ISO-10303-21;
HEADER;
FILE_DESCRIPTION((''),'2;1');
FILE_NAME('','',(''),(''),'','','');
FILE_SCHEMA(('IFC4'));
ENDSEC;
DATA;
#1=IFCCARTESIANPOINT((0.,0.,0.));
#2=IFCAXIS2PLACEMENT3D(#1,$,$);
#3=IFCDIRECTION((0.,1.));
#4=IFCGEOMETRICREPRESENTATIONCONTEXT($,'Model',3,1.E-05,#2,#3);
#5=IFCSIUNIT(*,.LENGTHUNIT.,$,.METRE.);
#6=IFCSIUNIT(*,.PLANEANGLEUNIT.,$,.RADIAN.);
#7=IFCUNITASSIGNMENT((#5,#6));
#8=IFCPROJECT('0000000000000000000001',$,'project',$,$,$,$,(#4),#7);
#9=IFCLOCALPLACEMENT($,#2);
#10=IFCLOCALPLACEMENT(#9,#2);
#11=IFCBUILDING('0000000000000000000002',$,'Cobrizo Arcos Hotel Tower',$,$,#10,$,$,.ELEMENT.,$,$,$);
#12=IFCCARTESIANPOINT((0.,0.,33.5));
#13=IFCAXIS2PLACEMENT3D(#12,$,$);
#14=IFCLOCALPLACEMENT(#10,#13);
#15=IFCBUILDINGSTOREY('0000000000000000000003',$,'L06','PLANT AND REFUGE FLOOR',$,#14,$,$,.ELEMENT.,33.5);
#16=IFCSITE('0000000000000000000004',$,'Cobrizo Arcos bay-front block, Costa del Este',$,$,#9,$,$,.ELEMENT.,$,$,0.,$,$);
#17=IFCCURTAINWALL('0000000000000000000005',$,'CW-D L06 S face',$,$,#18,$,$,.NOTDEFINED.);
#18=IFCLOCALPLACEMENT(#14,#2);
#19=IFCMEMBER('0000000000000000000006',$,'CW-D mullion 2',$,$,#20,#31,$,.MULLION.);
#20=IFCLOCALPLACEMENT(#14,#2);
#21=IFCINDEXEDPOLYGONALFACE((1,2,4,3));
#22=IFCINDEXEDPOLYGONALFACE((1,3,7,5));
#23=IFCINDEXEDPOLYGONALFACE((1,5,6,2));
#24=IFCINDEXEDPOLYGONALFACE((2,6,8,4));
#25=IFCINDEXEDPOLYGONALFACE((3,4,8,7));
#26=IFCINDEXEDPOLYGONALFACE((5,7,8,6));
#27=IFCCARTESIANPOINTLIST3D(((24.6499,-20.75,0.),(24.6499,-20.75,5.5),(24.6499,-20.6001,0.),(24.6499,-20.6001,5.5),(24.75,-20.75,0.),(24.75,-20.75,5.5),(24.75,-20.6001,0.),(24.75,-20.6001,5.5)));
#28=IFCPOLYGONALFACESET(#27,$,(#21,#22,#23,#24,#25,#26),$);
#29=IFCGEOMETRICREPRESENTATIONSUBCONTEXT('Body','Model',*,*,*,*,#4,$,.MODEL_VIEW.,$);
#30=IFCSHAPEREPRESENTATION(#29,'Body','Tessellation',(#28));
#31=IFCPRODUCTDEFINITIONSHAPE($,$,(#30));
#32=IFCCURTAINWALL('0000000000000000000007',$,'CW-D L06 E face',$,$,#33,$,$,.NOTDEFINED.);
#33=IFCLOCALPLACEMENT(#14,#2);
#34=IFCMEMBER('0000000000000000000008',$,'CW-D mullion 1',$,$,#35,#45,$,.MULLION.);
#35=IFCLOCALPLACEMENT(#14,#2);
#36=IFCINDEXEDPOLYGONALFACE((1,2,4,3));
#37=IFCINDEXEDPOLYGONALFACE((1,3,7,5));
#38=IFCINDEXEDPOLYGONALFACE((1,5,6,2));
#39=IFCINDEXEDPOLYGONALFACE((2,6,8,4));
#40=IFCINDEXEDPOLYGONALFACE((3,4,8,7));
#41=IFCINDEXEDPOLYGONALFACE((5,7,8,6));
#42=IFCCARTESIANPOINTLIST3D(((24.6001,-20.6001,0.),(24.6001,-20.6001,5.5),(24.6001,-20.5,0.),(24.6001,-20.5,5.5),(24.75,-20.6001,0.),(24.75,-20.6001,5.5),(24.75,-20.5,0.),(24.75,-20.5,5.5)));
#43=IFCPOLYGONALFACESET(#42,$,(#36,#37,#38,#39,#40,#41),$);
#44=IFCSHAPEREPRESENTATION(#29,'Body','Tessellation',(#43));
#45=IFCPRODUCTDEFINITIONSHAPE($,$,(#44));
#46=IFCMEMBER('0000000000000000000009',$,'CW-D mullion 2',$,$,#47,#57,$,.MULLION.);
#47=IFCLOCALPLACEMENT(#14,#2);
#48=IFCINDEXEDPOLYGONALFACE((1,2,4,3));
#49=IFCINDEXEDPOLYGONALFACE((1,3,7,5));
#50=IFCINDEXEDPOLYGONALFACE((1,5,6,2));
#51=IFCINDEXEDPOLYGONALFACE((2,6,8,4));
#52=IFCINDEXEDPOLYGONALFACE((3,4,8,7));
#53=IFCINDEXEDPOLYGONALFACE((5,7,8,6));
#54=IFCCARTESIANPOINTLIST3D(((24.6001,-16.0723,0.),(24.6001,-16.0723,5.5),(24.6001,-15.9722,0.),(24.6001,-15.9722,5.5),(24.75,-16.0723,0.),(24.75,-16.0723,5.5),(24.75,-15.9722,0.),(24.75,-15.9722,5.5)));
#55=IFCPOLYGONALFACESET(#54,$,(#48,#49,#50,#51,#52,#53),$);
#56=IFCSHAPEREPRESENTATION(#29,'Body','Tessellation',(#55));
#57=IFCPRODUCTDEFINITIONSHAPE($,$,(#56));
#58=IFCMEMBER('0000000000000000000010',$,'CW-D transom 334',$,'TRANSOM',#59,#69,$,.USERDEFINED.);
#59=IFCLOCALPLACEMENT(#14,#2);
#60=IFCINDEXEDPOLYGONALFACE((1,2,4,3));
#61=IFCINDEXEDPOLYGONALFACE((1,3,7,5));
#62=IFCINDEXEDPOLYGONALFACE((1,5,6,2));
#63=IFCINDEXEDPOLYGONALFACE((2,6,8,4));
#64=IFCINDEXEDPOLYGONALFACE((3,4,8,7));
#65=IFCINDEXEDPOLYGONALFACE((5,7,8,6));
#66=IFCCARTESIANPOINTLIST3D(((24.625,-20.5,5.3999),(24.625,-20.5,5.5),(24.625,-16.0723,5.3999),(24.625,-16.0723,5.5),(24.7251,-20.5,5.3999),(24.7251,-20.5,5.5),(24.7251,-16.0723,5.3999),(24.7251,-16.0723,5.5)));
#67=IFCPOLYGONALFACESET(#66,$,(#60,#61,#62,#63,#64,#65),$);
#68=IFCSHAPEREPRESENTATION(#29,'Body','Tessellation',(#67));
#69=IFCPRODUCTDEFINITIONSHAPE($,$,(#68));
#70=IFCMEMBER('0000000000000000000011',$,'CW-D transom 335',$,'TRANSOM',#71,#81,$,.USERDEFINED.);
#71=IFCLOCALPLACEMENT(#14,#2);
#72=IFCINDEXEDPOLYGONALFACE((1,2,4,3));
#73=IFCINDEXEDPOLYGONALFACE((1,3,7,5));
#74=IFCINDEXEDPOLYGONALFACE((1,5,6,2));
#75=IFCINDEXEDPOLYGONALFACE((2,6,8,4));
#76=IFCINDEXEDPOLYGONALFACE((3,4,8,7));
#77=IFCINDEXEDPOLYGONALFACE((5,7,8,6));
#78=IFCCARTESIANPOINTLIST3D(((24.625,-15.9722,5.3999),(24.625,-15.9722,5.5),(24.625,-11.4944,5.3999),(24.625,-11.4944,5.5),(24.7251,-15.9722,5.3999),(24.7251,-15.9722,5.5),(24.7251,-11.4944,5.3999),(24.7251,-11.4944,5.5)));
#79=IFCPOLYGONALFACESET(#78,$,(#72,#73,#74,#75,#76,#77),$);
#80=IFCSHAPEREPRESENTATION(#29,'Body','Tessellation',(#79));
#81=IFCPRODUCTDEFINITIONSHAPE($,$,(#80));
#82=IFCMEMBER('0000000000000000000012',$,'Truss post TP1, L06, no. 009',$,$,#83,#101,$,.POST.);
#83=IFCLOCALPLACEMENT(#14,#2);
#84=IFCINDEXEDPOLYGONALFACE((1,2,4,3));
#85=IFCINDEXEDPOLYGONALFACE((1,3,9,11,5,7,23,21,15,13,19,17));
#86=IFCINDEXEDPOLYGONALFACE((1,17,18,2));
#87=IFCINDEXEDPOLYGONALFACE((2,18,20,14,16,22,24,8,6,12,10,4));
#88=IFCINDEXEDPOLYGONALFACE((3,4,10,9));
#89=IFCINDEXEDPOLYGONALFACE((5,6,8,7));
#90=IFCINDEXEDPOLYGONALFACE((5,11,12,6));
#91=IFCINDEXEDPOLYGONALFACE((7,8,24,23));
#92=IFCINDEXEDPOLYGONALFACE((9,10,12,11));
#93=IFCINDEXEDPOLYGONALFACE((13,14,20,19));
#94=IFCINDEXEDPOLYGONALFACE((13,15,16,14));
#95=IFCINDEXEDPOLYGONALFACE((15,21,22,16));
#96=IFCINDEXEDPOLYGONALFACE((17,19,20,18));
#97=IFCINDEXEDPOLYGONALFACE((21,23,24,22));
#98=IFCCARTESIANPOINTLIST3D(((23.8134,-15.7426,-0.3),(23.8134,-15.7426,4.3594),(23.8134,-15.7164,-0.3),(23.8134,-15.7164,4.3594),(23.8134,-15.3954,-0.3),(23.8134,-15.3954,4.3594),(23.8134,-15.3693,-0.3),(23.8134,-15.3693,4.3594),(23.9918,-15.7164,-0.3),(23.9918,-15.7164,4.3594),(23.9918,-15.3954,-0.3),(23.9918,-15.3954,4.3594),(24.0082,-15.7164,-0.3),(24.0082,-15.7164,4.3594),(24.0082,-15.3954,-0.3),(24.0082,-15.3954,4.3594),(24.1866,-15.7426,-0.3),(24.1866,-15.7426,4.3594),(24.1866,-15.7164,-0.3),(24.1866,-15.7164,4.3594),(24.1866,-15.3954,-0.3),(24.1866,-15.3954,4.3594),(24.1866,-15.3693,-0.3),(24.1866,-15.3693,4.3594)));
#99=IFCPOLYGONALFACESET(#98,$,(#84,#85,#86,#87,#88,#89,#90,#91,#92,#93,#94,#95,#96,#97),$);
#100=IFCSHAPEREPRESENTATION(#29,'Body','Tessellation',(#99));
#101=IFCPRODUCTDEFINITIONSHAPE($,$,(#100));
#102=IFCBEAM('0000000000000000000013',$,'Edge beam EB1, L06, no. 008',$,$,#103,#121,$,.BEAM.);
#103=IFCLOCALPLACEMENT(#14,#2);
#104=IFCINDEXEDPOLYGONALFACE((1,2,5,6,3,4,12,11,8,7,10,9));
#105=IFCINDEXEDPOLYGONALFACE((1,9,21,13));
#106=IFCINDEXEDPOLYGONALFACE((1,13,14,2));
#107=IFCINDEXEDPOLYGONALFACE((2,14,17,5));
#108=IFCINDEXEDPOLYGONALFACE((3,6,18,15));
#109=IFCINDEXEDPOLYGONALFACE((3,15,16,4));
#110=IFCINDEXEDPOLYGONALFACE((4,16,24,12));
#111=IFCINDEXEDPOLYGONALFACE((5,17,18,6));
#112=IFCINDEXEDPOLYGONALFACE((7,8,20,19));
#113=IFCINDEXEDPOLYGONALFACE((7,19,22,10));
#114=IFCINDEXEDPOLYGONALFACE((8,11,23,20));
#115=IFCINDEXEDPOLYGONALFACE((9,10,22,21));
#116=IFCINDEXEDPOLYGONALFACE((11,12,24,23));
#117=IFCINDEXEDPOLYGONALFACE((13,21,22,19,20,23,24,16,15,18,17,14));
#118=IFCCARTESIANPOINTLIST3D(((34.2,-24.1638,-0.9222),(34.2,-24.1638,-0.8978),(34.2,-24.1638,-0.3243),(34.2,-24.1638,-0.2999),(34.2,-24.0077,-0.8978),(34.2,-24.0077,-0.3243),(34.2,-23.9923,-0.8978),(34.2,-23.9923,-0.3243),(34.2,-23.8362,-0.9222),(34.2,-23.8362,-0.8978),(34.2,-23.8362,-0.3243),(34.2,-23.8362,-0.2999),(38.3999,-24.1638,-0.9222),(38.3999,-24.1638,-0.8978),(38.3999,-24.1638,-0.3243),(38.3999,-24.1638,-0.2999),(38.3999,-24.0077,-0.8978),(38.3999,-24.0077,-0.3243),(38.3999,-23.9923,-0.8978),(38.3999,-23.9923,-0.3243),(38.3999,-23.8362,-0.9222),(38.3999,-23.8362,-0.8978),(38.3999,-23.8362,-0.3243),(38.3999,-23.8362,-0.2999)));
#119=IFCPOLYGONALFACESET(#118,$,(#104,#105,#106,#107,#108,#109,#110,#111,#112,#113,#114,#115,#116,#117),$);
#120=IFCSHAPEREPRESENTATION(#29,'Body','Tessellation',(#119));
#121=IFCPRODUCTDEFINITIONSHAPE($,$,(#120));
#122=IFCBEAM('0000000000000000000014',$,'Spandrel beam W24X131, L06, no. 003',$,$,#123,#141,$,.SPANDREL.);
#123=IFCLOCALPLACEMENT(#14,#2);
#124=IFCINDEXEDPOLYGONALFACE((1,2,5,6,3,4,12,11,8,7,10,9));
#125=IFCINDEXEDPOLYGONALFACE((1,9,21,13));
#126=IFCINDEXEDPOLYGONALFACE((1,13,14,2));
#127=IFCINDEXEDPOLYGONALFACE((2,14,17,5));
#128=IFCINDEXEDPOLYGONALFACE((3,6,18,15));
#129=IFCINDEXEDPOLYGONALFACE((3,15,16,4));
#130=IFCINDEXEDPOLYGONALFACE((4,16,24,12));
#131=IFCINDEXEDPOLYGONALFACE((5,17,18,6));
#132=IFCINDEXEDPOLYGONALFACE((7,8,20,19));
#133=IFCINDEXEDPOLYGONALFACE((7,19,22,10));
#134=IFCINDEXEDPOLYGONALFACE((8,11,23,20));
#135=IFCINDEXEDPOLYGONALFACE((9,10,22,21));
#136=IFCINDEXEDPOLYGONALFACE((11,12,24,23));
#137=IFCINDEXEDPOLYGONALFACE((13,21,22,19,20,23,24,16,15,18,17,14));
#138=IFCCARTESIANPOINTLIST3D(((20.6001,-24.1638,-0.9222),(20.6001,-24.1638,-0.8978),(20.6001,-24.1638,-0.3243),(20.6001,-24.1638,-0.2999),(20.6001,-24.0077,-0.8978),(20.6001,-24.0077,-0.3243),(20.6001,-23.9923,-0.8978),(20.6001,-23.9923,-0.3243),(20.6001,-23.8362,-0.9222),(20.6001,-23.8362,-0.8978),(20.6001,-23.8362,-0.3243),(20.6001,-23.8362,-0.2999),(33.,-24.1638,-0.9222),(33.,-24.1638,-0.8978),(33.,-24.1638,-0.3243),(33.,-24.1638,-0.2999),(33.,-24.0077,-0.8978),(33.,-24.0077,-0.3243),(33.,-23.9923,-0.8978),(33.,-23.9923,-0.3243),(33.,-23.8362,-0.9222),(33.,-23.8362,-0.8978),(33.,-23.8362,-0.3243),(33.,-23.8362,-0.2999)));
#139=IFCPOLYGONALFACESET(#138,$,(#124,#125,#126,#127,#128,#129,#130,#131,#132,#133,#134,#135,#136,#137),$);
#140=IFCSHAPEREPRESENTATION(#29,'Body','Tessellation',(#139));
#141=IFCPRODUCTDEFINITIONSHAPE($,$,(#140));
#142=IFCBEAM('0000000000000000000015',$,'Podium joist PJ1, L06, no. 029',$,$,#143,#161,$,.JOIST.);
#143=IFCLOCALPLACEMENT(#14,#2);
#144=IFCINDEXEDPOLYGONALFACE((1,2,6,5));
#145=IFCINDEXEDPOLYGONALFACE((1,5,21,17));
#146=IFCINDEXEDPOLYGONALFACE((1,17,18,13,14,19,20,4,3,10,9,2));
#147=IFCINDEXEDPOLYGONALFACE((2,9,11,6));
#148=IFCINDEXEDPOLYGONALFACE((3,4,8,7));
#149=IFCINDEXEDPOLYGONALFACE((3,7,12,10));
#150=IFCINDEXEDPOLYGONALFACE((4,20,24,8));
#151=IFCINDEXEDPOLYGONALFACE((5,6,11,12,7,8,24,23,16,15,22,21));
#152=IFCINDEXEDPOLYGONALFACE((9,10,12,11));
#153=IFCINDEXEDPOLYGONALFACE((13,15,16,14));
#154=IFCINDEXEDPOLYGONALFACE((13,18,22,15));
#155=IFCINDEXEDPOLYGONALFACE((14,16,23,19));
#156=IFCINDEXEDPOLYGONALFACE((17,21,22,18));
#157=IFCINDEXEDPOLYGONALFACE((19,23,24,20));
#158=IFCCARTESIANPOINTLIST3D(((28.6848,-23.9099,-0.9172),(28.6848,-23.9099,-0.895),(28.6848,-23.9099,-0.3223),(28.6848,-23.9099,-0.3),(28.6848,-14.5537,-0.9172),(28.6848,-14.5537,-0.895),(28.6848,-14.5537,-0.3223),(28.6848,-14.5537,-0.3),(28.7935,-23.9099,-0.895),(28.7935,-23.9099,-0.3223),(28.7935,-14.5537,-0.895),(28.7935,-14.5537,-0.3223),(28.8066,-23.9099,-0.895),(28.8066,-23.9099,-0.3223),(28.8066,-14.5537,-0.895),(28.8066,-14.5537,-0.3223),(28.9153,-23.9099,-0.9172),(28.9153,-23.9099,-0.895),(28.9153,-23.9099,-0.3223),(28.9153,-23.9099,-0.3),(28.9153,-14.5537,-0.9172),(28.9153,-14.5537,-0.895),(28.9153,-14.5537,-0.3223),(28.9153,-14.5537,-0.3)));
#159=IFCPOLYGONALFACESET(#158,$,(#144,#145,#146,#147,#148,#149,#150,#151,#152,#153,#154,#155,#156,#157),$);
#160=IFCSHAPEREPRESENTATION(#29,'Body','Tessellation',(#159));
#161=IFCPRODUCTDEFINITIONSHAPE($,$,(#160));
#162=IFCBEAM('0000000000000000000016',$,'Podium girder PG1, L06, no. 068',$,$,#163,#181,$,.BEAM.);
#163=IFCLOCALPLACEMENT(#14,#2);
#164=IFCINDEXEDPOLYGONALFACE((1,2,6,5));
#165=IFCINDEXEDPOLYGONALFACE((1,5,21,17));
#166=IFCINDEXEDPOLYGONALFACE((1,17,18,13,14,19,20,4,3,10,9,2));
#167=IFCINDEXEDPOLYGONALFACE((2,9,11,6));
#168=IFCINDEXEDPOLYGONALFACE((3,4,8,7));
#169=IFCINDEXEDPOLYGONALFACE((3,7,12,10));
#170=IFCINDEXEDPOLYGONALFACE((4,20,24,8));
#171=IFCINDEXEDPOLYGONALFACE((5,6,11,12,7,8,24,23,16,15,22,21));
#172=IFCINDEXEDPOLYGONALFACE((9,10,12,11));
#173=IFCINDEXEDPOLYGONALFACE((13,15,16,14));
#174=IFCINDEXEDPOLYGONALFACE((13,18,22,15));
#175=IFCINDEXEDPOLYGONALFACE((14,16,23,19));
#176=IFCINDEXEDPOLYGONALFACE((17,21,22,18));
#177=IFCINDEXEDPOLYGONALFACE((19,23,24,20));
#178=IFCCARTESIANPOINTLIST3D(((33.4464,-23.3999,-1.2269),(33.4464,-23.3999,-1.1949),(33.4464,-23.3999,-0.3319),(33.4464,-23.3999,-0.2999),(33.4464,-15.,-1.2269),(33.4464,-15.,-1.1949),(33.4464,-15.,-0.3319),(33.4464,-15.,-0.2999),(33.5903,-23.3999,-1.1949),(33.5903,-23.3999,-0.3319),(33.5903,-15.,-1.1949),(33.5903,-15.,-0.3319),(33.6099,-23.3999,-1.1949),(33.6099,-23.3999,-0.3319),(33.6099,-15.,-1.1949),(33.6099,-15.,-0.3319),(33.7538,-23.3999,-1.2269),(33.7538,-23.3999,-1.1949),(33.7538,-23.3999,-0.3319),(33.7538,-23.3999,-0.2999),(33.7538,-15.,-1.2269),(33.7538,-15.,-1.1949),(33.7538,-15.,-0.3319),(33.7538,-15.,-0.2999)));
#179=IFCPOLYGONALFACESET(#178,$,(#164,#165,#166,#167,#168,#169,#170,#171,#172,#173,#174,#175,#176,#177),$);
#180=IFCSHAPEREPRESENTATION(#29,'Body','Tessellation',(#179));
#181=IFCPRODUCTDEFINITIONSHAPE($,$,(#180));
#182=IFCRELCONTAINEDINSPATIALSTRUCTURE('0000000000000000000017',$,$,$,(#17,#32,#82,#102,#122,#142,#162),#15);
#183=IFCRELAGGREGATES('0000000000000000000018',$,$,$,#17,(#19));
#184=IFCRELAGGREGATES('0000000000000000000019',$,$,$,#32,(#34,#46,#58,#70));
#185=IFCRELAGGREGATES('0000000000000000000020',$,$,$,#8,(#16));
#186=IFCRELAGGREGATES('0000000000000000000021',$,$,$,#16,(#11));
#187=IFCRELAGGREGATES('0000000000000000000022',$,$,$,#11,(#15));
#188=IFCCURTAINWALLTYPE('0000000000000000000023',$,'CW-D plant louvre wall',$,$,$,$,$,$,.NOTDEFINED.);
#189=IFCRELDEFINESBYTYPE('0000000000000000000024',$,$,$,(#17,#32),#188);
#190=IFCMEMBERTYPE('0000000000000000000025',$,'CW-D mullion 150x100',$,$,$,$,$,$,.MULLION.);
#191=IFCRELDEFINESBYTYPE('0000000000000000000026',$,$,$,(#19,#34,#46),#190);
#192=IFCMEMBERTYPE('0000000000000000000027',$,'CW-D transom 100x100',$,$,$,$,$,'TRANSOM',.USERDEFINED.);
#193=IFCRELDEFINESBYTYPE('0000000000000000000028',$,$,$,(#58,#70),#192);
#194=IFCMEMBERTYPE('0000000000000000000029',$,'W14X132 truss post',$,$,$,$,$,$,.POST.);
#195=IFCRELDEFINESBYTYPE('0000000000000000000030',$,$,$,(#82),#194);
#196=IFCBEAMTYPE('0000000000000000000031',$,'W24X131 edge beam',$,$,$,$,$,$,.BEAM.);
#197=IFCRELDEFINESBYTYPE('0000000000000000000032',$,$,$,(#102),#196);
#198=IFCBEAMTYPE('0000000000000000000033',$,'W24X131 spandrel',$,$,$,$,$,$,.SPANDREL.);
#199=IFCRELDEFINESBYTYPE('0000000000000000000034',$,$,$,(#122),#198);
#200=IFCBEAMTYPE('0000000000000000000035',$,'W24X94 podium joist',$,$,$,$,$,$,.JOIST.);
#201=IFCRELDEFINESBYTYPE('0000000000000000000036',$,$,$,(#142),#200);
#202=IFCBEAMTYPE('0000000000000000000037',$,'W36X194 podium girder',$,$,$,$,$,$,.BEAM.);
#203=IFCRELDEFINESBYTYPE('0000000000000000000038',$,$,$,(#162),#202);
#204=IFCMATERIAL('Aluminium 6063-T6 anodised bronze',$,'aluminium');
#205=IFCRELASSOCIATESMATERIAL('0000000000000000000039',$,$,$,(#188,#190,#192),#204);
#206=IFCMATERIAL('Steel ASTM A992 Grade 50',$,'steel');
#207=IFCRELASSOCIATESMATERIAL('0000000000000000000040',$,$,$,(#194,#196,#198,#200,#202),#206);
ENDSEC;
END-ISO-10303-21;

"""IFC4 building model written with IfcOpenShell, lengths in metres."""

from ifc_helpers import new_model, si_unit, direction, frame, origin, origin_2d, place, context, subcontext, project, spatial, rectangle, i_section, extrude, material, material_profile, profile_set, type_object, element, aggregate, save


model = new_model("IFC4")

# Units and contexts
model_context = context("Model", 3, precision=1e-05, world=origin(), true_north=direction((0.0, 1.0)))
body_context = subcontext(model_context, "Body", "Model", "MODEL_VIEW")
ifc_project = project(units=[si_unit("LENGTHUNIT", "METRE"), si_unit("PLANEANGLEUNIT", "RADIAN")], contexts=[model_context])

# Site, building, storey
site_placement = place(None, origin())
site = spatial("IfcSite", under=ifc_project, at=site_placement, Name="Cobrizo Arcos bay-front block, Costa del Este", CompositionType="ELEMENT", RefElevation=0.0)
building_placement = place(site_placement, origin())
building = spatial("IfcBuilding", under=site, at=building_placement, Name="Cobrizo Arcos Hotel Tower", CompositionType="ELEMENT")
storey_placement = place(building_placement, frame((0.0, 0.0, 33.5)))
storey = spatial("IfcBuildingStorey", under=building, at=storey_placement, Name="L06", Description="PLANT AND REFUGE FLOOR", CompositionType="ELEMENT", Elevation=33.5)

# Curtain wall, member
ifc_material_1 = material(Name="Aluminium 6063-T6 anodised bronze", Category="aluminium")
curtain_wall_type = type_object("IfcCurtainWallType", Name="CW-D plant louvre wall", PredefinedType="NOTDEFINED", material=ifc_material_1)
curtain_wall_1_placement = place(storey_placement, origin())
curtain_wall_1 = element("IfcCurtainWall", 1, at=curtain_wall_1_placement, inside=storey, type_object=curtain_wall_type, Name="CW-D L06 S face", PredefinedType="NOTDEFINED")
ifc_material_profile_1 = material_profile(ifc_material_1, rectangle(XDim=0.1499, YDim=0.1001, at=origin_2d()), Name="CW-D mullion 150x100")
ifc_profile_set_1 = profile_set([ifc_material_profile_1], Name="Aluminium 6063-T6 anodised bronze")
member_type_1 = type_object("IfcMemberType", Name="CW-D mullion 150x100", PredefinedType="MULLION", material=ifc_profile_set_1)
member_1_placement = place(storey_placement, frame((24.7, -20.675, 0.0), z_axis=(0.0, 0.0, 1.0), x_axis=(0.0, -1.0, 0.0)))
member_1 = element("IfcMember", 2, at=member_1_placement, type_object=member_type_1, Name="CW-D mullion 2", PredefinedType="MULLION", context=body_context, shape_type="SweptSolid", body=[
    extrude(rectangle(XDim=0.1499, YDim=0.1001, at=origin_2d()), origin(), (0.0, 0.0, 1.0), 5.5),
])
aggregate(curtain_wall_1, [member_1])

# Curtain wall, members
curtain_wall_2_placement = place(storey_placement, origin())
curtain_wall_2 = element("IfcCurtainWall", 3, at=curtain_wall_2_placement, inside=storey, type_object=curtain_wall_type, Name="CW-D L06 E face", PredefinedType="NOTDEFINED")
member_2_placement = place(storey_placement, frame((24.675, -20.55, 0.0), z_axis=(0.0, 0.0, 1.0), x_axis=(1.0, 0.0, 0.0)))
member_2 = element("IfcMember", 4, at=member_2_placement, type_object=member_type_1, Name="CW-D mullion 1", PredefinedType="MULLION", context=body_context, shape_type="SweptSolid", body=[
    extrude(rectangle(XDim=0.1499, YDim=0.1001, at=origin_2d()), origin(), (0.0, 0.0, 1.0), 5.5),
])
member_3_placement = place(storey_placement, frame((24.675, -16.0222, 0.0), z_axis=(0.0, 0.0, 1.0), x_axis=(1.0, 0.0, 0.0)))
member_3 = element("IfcMember", 5, at=member_3_placement, type_object=member_type_1, Name="CW-D mullion 2", PredefinedType="MULLION", context=body_context, shape_type="SweptSolid", body=[
    extrude(rectangle(XDim=0.1499, YDim=0.1001, at=origin_2d()), origin(), (0.0, 0.0, 1.0), 5.5),
])
ifc_material_profile_2 = material_profile(ifc_material_1, rectangle(XDim=0.1001, YDim=0.1001, at=origin_2d()), Name="CW-D transom 100x100")
ifc_profile_set_2 = profile_set([ifc_material_profile_2], Name="Aluminium 6063-T6 anodised bronze")
member_type_2 = type_object("IfcMemberType", Name="CW-D transom 100x100", ElementType="TRANSOM", PredefinedType="USERDEFINED", material=ifc_profile_set_2)
member_4_placement = place(storey_placement, frame((24.675, -20.5, 5.45), z_axis=(0.0, 1.0, 0.0), x_axis=(-1.0, 0.0, 0.0)))
member_4 = element("IfcMember", 6, at=member_4_placement, type_object=member_type_2, Name="CW-D transom 334", ObjectType="TRANSOM", PredefinedType="USERDEFINED", context=body_context, shape_type="SweptSolid", body=[
    extrude(rectangle(XDim=0.1001, YDim=0.1001, at=origin_2d()), origin(), (0.0, 0.0, 1.0), 4.4277),
])
member_5_placement = place(storey_placement, frame((24.675, -15.9722, 5.45), z_axis=(0.0, 1.0, 0.0), x_axis=(-1.0, 0.0, 0.0)))
member_5 = element("IfcMember", 7, at=member_5_placement, type_object=member_type_2, Name="CW-D transom 335", ObjectType="TRANSOM", PredefinedType="USERDEFINED", context=body_context, shape_type="SweptSolid", body=[
    extrude(rectangle(XDim=0.1001, YDim=0.1001, at=origin_2d()), origin(), (0.0, 0.0, 1.0), 4.4778),
])

# Member
ifc_material_2 = material(Name="Steel ASTM A992 Grade 50", Category="steel")
ifc_material_profile_3 = material_profile(ifc_material_2, i_section(OverallWidth=0.3733, OverallDepth=0.3733, WebThickness=0.0164, FlangeThickness=0.0261, at=origin_2d()), Name="W14X132")
ifc_profile_set_3 = profile_set([ifc_material_profile_3], Name="Steel ASTM A992 Grade 50")
member_type_3 = type_object("IfcMemberType", Name="W14X132 truss post", PredefinedType="POST", material=ifc_profile_set_3)
member_6_placement = place(storey_placement, frame((24.0, -15.5559, -0.3), z_axis=(0.0, 0.0, 1.0), x_axis=(1.0, 0.0, 0.0)))
element("IfcMember", 8, at=member_6_placement, inside=storey, type_object=member_type_3, Name="Truss post TP1, L06, no. 009", PredefinedType="POST", context=body_context, shape_type="SweptSolid", body=[
    extrude(i_section(OverallWidth=0.3733, OverallDepth=0.3733, WebThickness=0.0164, FlangeThickness=0.0261, at=origin_2d()), origin(), (0.0, 0.0, 1.0), 4.6594),
])

# Beams
ifc_material_profile_4 = material_profile(ifc_material_2, i_section(OverallWidth=0.3276, OverallDepth=0.6223, WebThickness=0.0154, FlangeThickness=0.0244, at=origin_2d()), Name="W24X131")
ifc_profile_set_4 = profile_set([ifc_material_profile_4], Name="Steel ASTM A992 Grade 50")
beam_type_1 = type_object("IfcBeamType", Name="W24X131 edge beam", PredefinedType="BEAM", material=ifc_profile_set_4)
beam_1_placement = place(storey_placement, frame((38.3999, -24.0, -0.6111), z_axis=(-1.0, 0.0, 0.0), x_axis=(0.0, -1.0, 0.0)))
element("IfcBeam", 9, at=beam_1_placement, inside=storey, type_object=beam_type_1, Name="Edge beam EB1, L06, no. 008", PredefinedType="BEAM", context=body_context, shape_type="SweptSolid", body=[
    extrude(i_section(OverallWidth=0.3276, OverallDepth=0.6223, WebThickness=0.0154, FlangeThickness=0.0244, at=origin_2d()), origin(), (0.0, 0.0, 1.0), 4.2),
])
ifc_material_profile_5 = material_profile(ifc_material_2, i_section(OverallWidth=0.3276, OverallDepth=0.6223, WebThickness=0.0154, FlangeThickness=0.0244, at=origin_2d()), Name="W24X131")
ifc_profile_set_5 = profile_set([ifc_material_profile_5], Name="Steel ASTM A992 Grade 50")
beam_type_2 = type_object("IfcBeamType", Name="W24X131 spandrel", PredefinedType="SPANDREL", material=ifc_profile_set_5)
beam_2_placement = place(storey_placement, frame((33.0, -24.0, -0.6111), z_axis=(-1.0, 0.0, 0.0), x_axis=(0.0, -1.0, 0.0)))
element("IfcBeam", 10, at=beam_2_placement, inside=storey, type_object=beam_type_2, Name="Spandrel beam W24X131, L06, no. 003", PredefinedType="SPANDREL", context=body_context, shape_type="SweptSolid", body=[
    extrude(i_section(OverallWidth=0.3276, OverallDepth=0.6223, WebThickness=0.0154, FlangeThickness=0.0244, at=origin_2d()), origin(), (0.0, 0.0, 1.0), 12.3999),
])
ifc_material_profile_6 = material_profile(ifc_material_2, i_section(OverallWidth=0.2305, OverallDepth=0.6172, WebThickness=0.0132, FlangeThickness=0.0222, at=origin_2d()), Name="W24X94")
ifc_profile_set_6 = profile_set([ifc_material_profile_6], Name="Steel ASTM A992 Grade 50")
beam_type_3 = type_object("IfcBeamType", Name="W24X94 podium joist", PredefinedType="JOIST", material=ifc_profile_set_6)
beam_3_placement = place(storey_placement, frame((28.8, -23.9099, -0.6086), z_axis=(0.0, 1.0, 0.0), x_axis=(-1.0, 0.0, 0.0)))
element("IfcBeam", 11, at=beam_3_placement, inside=storey, type_object=beam_type_3, Name="Podium joist PJ1, L06, no. 029", PredefinedType="JOIST", context=body_context, shape_type="SweptSolid", body=[
    extrude(i_section(OverallWidth=0.2305, OverallDepth=0.6172, WebThickness=0.0132, FlangeThickness=0.0222, at=origin_2d()), origin(), (0.0, 0.0, 1.0), 9.3562),
])
ifc_material_profile_7 = material_profile(ifc_material_2, i_section(OverallWidth=0.3074, OverallDepth=0.927, WebThickness=0.0195, FlangeThickness=0.032, at=origin_2d()), Name="W36X194")
ifc_profile_set_7 = profile_set([ifc_material_profile_7], Name="Steel ASTM A992 Grade 50")
beam_type_4 = type_object("IfcBeamType", Name="W36X194 podium girder", PredefinedType="BEAM", material=ifc_profile_set_7)
beam_4_placement = place(storey_placement, frame((33.6001, -23.3999, -0.7634), z_axis=(0.0, 1.0, 0.0), x_axis=(-1.0, 0.0, 0.0)))
element("IfcBeam", 12, at=beam_4_placement, inside=storey, type_object=beam_type_4, Name="Podium girder PG1, L06, no. 068", PredefinedType="BEAM", context=body_context, shape_type="SweptSolid", body=[
    extrude(i_section(OverallWidth=0.3074, OverallDepth=0.927, WebThickness=0.0195, FlangeThickness=0.032, at=origin_2d()), origin(), (0.0, 0.0, 1.0), 8.3999),
])

aggregate(curtain_wall_2, [member_2, member_3, member_4, member_5])

save(model, "model.ifc")
